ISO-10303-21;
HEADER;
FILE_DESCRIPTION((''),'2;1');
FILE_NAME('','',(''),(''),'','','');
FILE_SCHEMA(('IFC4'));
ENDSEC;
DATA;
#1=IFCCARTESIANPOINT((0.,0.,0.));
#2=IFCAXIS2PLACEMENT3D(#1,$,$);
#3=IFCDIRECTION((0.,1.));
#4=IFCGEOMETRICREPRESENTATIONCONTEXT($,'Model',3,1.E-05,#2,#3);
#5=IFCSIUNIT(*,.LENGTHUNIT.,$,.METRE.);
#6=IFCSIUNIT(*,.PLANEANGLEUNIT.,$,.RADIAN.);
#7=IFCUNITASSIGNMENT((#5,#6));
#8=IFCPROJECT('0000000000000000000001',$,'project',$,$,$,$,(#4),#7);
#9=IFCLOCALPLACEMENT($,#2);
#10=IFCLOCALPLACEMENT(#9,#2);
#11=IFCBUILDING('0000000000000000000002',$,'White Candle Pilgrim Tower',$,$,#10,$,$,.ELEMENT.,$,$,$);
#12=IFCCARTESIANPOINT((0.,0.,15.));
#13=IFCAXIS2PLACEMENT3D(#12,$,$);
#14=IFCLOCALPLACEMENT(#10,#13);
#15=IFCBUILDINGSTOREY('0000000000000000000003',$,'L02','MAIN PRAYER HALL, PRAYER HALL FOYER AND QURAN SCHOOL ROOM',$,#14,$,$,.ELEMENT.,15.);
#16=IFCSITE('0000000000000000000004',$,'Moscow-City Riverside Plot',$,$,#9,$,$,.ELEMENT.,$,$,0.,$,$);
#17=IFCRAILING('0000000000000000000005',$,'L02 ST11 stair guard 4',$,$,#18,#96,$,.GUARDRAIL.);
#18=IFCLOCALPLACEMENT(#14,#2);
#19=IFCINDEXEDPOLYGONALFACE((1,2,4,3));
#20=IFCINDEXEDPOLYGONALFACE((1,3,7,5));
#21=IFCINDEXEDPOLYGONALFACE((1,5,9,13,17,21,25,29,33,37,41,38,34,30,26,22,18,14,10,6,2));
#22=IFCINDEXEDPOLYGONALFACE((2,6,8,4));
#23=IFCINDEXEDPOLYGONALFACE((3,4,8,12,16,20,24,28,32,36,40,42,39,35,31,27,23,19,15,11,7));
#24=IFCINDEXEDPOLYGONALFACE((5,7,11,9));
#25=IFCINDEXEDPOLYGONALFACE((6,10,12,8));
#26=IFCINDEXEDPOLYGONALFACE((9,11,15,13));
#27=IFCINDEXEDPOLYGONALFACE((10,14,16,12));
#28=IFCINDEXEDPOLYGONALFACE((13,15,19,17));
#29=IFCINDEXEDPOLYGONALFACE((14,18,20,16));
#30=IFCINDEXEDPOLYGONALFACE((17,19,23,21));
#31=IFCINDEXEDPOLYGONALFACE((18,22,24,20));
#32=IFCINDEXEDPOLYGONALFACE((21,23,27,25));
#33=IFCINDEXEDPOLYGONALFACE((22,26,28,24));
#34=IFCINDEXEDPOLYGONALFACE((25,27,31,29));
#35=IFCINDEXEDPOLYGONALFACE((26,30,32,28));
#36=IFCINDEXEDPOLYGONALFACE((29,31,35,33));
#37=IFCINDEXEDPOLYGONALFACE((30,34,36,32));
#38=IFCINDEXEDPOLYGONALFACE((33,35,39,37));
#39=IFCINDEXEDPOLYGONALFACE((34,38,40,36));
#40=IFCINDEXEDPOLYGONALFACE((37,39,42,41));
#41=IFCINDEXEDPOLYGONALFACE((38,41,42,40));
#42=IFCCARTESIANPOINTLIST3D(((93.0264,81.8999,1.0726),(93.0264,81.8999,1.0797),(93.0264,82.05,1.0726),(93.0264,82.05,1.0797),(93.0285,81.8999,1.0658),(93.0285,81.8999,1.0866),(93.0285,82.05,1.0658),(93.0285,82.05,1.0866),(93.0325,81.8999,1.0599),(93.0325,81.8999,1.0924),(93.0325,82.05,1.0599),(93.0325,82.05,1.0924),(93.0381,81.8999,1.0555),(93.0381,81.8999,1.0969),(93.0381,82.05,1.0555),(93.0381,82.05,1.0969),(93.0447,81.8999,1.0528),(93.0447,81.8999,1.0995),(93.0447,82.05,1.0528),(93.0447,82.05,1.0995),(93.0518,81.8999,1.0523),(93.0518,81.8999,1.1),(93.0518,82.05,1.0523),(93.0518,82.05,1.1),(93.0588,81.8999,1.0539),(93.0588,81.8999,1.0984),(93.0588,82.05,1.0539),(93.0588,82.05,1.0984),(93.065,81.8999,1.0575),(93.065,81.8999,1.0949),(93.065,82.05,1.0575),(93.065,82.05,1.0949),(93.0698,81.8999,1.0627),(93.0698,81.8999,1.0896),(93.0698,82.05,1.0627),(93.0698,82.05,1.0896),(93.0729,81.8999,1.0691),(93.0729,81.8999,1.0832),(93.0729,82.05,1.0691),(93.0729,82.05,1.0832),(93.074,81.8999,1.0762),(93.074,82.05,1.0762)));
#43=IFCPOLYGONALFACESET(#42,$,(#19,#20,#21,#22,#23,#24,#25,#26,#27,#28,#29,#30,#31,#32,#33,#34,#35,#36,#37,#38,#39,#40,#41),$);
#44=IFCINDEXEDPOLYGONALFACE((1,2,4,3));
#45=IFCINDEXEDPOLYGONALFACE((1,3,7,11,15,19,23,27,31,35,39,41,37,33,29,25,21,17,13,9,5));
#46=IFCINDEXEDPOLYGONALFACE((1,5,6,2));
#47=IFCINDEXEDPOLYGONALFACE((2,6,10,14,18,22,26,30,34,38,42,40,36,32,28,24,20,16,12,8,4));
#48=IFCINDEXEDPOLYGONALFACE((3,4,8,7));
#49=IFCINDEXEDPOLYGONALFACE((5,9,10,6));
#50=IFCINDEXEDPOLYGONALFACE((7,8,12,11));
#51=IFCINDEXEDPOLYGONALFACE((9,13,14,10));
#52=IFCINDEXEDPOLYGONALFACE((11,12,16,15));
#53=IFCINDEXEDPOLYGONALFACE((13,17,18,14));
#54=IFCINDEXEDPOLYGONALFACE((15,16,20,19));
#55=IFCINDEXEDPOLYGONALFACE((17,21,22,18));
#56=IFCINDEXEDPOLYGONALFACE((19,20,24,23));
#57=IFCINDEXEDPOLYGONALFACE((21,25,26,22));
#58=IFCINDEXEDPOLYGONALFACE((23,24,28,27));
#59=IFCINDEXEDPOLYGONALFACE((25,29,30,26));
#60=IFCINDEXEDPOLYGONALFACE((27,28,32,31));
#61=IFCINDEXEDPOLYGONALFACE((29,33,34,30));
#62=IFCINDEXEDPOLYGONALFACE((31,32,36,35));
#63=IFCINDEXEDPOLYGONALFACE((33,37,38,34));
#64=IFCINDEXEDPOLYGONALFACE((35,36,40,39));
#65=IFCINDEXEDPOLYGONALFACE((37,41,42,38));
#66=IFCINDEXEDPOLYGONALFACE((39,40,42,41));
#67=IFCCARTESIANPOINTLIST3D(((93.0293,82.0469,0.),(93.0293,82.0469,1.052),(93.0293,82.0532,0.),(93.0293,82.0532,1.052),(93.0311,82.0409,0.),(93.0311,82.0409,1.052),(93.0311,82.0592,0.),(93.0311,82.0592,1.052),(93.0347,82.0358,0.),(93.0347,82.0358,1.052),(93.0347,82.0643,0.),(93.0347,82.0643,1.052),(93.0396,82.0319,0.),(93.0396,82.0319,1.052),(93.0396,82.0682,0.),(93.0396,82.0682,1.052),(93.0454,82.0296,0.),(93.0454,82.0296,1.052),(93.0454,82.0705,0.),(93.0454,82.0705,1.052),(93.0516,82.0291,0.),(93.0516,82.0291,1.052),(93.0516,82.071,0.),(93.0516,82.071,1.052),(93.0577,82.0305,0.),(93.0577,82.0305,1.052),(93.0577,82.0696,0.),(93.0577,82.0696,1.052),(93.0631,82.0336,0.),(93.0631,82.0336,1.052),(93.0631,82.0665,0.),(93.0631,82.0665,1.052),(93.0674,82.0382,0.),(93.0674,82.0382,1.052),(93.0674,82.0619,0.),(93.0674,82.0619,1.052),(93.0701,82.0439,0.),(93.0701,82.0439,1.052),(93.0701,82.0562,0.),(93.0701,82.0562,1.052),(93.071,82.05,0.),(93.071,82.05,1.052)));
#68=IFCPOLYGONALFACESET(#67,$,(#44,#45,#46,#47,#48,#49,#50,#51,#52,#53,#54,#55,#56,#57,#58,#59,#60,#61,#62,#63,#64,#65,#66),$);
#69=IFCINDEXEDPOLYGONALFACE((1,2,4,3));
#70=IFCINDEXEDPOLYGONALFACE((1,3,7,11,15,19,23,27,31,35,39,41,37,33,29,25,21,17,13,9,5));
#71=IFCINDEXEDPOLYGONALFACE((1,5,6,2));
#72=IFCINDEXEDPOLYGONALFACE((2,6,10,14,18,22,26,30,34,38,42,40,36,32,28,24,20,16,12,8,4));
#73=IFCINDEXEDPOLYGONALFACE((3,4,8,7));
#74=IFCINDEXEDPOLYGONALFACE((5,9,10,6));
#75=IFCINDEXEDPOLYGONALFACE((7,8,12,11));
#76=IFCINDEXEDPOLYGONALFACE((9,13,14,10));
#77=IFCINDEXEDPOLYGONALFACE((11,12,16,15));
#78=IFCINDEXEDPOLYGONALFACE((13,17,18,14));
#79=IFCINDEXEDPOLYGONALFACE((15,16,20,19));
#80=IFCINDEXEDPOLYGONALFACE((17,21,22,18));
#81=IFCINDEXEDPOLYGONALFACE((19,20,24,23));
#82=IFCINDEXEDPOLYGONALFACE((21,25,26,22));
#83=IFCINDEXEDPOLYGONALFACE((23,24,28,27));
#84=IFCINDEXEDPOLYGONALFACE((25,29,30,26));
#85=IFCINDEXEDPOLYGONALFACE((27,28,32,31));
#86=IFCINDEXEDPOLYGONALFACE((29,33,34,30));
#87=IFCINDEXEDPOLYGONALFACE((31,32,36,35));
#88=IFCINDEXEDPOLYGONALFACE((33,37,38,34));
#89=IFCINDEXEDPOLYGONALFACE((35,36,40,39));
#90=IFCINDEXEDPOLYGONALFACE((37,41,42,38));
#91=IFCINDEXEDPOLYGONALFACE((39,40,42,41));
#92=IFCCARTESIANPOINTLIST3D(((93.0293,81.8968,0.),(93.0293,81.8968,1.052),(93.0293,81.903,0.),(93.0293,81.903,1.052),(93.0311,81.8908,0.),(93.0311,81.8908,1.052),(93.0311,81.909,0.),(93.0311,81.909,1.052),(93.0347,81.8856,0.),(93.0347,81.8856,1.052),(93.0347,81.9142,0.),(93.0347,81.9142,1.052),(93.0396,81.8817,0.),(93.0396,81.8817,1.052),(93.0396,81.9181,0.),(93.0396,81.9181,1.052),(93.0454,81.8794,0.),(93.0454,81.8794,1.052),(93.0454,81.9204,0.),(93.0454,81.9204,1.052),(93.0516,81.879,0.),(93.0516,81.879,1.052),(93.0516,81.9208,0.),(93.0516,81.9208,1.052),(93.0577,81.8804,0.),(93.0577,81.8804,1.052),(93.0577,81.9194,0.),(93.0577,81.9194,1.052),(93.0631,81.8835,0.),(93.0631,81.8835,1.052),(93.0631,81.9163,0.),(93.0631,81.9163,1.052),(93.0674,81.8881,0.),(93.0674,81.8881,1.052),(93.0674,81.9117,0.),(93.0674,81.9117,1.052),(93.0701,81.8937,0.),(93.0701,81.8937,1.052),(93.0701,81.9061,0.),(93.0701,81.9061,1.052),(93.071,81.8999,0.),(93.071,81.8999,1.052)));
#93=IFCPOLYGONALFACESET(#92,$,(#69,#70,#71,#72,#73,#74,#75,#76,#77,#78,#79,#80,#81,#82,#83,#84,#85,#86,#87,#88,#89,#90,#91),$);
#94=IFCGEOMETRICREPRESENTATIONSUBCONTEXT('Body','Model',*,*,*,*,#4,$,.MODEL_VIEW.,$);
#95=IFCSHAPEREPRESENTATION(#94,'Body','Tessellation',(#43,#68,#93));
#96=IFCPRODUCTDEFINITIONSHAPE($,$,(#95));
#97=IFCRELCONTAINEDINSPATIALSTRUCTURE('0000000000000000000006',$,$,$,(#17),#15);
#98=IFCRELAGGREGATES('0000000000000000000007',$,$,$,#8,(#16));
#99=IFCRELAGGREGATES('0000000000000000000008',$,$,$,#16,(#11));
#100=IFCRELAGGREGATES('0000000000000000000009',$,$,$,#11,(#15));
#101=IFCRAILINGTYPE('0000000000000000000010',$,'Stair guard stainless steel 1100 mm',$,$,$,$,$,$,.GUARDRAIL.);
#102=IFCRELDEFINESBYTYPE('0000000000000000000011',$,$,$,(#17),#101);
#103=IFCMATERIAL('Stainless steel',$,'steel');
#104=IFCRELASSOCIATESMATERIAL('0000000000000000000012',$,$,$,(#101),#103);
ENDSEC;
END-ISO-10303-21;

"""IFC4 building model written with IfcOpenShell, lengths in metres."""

from ifc_helpers import new_model, si_unit, direction, frame, origin, origin_2d, place, context, subcontext, project, spatial, circle, extrude, material, type_object, element, save


model = new_model("IFC4")

# Units and contexts
model_context = context("Model", 3, precision=1e-05, world=origin(), true_north=direction((0.0, 1.0)))
body_context = subcontext(model_context, "Body", "Model", "MODEL_VIEW")
ifc_project = project(units=[si_unit("LENGTHUNIT", "METRE"), si_unit("PLANEANGLEUNIT", "RADIAN")], contexts=[model_context])

# Site, building, storey
site_placement = place(None, origin())
site = spatial("IfcSite", under=ifc_project, at=site_placement, Name="Moscow-City Riverside Plot", CompositionType="ELEMENT", RefElevation=0.0)
building_placement = place(site_placement, origin())
building = spatial("IfcBuilding", under=site, at=building_placement, Name="White Candle Pilgrim Tower", CompositionType="ELEMENT")
storey_placement = place(building_placement, frame((0.0, 0.0, 15.0)))
storey = spatial("IfcBuildingStorey", under=building, at=storey_placement, Name="L02", Description="MAIN PRAYER HALL, PRAYER HALL FOYER AND QURAN SCHOOL ROOM", CompositionType="ELEMENT", Elevation=15.0)

# Railing
ifc_material_1 = material(Name="Stainless steel", Category="steel")
railing_type_1 = type_object("IfcRailingType", Name="Stair guard stainless steel 1100 mm", PredefinedType="GUARDRAIL", material=ifc_material_1)
railing_1_placement = place(storey_placement, frame((93.05, 82.05, 0.0)))
element("IfcRailing", 1, at=railing_1_placement, inside=storey, type_object=railing_type_1, Name="L02 ST11 stair guard 4", PredefinedType="GUARDRAIL", context=body_context, shape_type="SweptSolid", body=[
    extrude(circle(Radius=0.0239, at=origin_2d()), frame((0.0, 0.0, 1.0762), z_axis=(0.0, -1.0, 0.0), x_axis=(1.0, 0.0, 0.0)), (0.0, 0.0, 1.0), 0.1501),
    extrude(circle(Radius=0.021, at=origin_2d()), origin(), (0.0, 0.0, 1.0), 1.052),
    extrude(circle(Radius=0.021, at=origin_2d()), frame((0.0, -0.1501, 0.0)), (0.0, 0.0, 1.0), 1.052),
])

save(model, "model.ifc")
